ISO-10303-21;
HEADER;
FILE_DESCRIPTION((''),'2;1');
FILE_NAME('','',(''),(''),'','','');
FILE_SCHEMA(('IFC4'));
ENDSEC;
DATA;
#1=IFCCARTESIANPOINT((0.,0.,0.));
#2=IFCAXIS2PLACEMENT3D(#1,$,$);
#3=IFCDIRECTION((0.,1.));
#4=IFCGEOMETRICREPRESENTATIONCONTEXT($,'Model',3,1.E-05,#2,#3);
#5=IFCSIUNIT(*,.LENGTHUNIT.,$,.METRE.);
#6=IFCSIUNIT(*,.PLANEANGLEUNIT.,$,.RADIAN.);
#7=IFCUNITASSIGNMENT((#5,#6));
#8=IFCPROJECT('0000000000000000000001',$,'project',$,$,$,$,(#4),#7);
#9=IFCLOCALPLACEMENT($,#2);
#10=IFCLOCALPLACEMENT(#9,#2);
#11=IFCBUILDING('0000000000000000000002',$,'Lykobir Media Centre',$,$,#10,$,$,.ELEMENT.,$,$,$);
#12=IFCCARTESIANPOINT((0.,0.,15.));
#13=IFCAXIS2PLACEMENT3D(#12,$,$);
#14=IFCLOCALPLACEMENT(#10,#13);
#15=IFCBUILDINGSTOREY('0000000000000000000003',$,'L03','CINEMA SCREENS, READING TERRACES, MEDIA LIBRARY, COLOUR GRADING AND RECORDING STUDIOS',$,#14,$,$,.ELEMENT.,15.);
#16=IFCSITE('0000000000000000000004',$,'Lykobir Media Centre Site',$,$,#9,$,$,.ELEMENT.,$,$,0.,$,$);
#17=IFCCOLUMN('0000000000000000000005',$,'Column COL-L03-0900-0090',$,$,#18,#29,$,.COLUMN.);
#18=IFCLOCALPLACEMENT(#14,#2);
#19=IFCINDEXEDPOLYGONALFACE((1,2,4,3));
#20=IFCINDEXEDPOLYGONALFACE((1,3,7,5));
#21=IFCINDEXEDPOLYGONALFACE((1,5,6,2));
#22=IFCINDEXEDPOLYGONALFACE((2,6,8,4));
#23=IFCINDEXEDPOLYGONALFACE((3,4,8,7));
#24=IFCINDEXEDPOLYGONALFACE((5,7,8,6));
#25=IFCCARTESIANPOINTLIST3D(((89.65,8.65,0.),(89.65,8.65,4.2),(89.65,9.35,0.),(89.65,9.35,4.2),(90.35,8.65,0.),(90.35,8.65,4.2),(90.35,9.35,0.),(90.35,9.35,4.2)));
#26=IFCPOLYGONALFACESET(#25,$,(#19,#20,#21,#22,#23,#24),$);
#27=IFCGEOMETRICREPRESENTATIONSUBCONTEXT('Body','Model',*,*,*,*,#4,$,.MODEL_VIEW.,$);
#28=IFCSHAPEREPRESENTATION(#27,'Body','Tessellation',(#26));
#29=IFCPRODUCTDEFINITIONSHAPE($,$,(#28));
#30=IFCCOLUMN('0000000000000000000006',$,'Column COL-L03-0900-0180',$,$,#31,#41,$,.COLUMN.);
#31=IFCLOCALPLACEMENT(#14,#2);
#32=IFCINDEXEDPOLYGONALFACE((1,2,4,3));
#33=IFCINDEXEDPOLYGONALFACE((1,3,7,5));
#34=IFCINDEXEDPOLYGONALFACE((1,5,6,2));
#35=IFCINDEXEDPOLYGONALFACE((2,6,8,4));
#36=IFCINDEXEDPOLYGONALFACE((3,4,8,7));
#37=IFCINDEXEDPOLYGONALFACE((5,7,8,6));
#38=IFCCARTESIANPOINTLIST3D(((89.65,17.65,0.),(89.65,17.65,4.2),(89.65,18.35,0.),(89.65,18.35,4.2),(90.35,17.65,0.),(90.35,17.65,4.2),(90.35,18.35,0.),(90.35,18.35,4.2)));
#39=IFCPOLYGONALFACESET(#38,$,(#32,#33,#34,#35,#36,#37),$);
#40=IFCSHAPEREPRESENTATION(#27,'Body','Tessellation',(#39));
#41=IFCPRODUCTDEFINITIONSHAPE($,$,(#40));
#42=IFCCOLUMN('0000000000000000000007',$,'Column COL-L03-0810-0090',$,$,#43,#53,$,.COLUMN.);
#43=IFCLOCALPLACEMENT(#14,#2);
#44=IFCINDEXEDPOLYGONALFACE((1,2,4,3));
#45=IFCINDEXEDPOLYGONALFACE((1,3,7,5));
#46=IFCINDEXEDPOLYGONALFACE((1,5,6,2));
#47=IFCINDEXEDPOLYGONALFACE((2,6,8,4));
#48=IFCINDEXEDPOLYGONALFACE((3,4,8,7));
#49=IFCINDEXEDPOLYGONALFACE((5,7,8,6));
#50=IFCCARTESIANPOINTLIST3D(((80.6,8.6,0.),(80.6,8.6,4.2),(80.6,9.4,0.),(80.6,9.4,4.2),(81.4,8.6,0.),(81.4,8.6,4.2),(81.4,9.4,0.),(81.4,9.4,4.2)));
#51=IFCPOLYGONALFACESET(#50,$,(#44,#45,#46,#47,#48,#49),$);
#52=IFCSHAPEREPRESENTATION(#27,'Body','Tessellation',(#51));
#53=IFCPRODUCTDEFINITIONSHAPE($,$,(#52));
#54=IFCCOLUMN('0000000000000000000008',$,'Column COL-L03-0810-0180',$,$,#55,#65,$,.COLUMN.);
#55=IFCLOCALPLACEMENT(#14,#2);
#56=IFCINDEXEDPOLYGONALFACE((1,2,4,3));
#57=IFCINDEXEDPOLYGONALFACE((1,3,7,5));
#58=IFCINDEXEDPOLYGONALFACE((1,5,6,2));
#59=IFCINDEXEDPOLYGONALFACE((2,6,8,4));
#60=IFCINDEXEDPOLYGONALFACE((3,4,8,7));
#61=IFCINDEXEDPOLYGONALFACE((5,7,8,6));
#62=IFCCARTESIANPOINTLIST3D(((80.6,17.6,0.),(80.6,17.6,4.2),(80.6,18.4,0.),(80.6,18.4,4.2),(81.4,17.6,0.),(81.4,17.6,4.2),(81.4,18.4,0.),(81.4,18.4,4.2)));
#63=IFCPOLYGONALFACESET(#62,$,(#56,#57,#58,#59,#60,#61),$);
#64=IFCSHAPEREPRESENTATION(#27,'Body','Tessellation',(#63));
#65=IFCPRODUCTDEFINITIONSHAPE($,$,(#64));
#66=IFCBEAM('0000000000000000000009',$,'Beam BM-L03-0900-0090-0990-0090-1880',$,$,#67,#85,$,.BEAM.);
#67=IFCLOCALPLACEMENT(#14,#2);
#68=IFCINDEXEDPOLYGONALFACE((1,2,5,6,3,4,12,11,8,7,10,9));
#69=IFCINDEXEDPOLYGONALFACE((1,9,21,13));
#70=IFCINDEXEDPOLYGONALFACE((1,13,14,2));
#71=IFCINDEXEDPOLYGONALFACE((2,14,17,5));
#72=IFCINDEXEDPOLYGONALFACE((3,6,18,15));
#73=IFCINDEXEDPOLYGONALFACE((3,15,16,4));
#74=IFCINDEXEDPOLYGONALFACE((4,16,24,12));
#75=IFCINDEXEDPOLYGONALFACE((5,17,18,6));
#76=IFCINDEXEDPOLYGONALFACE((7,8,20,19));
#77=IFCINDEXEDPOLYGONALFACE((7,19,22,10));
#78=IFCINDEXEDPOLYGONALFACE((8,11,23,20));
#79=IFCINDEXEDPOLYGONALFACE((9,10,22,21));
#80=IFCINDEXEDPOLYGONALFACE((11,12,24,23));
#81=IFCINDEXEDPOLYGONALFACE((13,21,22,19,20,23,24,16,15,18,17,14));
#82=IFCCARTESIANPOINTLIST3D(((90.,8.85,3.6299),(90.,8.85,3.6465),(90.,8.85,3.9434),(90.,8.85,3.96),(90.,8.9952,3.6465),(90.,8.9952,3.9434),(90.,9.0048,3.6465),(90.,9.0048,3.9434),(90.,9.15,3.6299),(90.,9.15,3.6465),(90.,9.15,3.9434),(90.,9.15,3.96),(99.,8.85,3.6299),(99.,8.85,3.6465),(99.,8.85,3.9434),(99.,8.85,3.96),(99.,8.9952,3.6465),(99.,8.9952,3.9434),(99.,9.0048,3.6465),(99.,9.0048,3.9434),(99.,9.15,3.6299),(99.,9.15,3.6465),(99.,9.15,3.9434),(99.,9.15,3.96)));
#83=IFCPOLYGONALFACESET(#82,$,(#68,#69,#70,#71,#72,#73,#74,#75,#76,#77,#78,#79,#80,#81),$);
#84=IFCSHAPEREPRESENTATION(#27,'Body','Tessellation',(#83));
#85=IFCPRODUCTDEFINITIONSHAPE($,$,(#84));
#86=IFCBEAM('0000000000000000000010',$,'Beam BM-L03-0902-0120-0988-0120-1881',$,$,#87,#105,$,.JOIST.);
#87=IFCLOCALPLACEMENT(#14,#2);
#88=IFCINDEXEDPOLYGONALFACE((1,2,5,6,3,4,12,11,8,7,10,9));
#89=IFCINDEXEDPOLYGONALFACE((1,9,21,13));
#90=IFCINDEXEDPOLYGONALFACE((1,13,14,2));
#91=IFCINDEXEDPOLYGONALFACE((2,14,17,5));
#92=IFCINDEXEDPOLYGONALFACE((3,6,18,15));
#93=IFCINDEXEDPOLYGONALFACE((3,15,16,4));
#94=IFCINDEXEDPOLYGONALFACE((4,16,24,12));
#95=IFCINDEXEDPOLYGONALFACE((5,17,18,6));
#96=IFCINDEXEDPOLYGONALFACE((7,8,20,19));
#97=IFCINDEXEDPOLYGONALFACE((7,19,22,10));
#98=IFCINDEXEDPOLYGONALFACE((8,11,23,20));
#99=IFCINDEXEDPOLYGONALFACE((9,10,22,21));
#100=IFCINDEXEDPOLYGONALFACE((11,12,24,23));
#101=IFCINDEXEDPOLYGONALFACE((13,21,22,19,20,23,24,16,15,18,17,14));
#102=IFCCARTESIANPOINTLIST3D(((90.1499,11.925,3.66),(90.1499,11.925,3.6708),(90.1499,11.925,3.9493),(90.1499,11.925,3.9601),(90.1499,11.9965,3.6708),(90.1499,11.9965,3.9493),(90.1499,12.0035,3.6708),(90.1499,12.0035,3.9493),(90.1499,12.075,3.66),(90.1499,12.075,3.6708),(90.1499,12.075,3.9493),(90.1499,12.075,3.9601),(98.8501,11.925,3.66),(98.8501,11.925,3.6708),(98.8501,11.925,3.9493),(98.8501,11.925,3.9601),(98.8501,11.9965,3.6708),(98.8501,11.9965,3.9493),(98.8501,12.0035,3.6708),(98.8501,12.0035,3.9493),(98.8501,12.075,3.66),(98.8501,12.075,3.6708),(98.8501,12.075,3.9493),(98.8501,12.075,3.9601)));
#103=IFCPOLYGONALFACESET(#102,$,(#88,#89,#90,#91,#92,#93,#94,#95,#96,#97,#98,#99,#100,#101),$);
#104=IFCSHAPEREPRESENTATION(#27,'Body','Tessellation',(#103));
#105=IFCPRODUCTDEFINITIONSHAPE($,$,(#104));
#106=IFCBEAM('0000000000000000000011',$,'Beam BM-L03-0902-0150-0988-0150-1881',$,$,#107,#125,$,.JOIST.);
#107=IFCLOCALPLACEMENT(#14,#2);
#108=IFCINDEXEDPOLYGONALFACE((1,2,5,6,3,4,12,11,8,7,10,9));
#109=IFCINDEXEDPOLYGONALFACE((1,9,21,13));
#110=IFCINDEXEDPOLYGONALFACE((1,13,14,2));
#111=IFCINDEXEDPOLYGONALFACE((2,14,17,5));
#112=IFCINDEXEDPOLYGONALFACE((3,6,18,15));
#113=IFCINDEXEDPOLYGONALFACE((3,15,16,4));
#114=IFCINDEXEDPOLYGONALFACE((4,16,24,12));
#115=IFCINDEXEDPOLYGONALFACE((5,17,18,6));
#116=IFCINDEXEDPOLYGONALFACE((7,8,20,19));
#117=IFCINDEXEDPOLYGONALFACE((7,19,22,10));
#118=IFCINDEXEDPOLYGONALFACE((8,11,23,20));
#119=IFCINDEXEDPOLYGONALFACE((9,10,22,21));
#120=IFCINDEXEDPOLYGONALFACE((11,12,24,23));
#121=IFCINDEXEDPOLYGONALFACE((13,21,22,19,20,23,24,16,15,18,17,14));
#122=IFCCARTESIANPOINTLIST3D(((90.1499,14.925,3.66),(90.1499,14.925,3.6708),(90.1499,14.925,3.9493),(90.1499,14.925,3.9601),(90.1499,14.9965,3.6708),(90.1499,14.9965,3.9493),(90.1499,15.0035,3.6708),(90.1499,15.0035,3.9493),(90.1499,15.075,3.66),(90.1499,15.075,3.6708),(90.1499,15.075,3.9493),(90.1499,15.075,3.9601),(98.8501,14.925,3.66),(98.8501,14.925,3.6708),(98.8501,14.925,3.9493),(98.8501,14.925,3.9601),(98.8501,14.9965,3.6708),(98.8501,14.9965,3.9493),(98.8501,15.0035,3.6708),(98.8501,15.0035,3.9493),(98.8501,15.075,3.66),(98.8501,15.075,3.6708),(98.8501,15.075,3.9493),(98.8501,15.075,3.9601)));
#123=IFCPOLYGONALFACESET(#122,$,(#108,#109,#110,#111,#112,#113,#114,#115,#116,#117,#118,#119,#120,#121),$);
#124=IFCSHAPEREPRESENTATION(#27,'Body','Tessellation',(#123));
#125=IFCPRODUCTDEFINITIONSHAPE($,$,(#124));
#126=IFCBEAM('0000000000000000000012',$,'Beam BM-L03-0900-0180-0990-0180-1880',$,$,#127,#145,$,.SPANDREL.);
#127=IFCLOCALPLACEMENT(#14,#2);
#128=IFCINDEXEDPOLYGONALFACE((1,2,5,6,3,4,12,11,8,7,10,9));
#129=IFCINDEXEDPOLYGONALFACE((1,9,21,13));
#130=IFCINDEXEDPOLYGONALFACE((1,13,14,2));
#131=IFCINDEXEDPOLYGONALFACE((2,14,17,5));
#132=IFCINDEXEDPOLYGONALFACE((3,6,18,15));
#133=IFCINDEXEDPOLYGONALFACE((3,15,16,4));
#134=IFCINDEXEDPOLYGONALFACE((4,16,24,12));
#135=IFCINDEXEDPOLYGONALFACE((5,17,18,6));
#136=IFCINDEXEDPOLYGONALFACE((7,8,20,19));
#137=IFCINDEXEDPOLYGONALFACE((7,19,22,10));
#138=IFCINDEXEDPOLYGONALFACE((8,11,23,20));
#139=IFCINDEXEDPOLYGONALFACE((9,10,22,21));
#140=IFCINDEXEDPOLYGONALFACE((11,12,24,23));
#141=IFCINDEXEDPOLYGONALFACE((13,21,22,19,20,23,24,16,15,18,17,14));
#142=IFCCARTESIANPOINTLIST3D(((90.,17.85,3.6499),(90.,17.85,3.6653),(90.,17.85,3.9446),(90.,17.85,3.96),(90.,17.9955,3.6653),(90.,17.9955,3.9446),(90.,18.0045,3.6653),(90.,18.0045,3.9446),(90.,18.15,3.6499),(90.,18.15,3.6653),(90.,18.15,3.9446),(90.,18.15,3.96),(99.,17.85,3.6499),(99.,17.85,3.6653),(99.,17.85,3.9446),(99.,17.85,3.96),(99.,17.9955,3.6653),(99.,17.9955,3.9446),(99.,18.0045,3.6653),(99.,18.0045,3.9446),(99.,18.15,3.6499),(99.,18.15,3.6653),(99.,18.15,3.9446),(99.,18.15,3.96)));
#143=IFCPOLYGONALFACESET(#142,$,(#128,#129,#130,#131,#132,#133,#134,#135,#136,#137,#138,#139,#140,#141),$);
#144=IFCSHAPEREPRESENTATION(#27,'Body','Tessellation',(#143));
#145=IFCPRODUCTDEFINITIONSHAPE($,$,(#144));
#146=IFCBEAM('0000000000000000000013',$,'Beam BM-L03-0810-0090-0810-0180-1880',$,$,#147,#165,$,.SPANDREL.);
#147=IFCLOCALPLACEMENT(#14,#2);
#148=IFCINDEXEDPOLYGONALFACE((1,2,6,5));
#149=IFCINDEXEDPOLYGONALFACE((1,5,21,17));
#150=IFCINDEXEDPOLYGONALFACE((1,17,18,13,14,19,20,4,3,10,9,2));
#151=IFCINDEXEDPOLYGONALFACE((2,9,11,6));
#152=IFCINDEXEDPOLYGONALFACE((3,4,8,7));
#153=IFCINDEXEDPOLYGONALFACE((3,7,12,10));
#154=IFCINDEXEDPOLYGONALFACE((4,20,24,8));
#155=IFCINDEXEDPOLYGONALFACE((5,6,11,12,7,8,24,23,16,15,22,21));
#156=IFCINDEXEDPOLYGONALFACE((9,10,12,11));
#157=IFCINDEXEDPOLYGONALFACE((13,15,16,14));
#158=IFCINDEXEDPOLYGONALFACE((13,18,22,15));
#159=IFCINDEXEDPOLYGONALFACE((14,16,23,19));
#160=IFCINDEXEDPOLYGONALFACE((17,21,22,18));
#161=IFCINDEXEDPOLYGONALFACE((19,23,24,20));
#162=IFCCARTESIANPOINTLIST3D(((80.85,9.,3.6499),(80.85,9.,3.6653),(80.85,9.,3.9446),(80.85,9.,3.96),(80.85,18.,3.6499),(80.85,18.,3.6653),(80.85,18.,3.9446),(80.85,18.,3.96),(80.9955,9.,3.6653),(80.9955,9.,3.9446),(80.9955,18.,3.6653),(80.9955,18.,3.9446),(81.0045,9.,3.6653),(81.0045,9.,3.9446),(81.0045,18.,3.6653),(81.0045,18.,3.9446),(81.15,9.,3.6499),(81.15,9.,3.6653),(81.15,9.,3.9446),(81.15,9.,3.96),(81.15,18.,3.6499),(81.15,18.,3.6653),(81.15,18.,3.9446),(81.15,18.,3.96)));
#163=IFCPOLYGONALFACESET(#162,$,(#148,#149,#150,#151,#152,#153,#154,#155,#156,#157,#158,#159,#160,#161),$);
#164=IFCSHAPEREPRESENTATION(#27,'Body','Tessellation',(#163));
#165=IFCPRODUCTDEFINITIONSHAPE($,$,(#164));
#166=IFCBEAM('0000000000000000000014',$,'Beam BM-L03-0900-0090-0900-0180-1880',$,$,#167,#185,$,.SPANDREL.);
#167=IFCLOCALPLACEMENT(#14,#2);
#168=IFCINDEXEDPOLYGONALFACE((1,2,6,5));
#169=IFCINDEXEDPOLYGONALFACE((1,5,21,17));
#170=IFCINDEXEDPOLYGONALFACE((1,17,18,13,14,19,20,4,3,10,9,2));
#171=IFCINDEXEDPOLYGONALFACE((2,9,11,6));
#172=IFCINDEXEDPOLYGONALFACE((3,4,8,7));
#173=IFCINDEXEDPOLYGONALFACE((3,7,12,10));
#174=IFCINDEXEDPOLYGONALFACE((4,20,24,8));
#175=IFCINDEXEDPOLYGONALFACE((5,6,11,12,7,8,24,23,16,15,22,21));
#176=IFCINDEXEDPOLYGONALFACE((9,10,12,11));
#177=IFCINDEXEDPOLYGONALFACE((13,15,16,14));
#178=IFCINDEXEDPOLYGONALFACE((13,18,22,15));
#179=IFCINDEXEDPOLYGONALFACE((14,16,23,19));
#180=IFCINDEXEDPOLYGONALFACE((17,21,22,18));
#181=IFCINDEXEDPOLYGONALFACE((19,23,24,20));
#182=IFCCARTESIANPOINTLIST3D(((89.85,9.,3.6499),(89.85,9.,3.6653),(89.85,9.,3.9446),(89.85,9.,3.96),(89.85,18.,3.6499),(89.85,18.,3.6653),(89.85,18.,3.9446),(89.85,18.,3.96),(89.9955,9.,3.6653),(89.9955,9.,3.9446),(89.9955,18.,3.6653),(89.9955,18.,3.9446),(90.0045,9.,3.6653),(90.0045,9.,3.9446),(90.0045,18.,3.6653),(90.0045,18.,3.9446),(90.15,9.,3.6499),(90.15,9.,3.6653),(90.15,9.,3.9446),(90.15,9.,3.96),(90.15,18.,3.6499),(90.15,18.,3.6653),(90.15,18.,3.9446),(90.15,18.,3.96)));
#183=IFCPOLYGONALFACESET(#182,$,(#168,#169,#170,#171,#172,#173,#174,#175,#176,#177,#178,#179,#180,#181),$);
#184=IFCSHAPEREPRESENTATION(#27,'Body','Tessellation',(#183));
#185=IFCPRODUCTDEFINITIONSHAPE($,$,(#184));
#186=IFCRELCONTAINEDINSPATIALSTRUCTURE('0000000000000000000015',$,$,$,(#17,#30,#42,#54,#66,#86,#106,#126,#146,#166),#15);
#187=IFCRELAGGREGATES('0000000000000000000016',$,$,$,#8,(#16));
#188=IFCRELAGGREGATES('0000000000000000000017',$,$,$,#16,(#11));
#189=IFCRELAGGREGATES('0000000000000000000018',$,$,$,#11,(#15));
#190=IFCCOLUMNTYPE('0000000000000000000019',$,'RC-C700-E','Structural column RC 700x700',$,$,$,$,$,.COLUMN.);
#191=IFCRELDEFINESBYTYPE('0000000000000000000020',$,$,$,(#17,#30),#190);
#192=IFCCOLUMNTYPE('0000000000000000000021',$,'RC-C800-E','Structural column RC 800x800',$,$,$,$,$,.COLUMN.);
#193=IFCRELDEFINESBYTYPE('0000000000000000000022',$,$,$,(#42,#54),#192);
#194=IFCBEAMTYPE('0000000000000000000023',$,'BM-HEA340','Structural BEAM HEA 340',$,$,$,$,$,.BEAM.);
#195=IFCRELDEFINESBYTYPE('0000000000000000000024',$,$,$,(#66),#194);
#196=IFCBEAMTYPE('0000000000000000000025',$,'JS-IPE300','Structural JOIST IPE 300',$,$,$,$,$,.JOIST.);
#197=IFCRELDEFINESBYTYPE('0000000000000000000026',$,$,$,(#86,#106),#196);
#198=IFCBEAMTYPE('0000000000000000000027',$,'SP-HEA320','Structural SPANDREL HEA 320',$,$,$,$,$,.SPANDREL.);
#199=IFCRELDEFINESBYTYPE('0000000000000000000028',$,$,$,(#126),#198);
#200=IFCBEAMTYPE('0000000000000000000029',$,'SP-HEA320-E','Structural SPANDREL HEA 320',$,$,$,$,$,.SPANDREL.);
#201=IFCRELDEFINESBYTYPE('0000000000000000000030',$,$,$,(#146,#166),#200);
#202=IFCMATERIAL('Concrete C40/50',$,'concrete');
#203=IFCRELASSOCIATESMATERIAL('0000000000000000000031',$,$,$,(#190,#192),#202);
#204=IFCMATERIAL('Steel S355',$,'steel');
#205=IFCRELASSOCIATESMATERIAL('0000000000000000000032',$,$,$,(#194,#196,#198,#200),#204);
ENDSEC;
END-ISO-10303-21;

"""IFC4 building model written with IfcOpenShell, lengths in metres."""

from ifc_helpers import new_model, si_unit, direction, frame, origin, origin_2d, place, context, subcontext, project, spatial, rectangle, i_section, extrude, material, material_profile, profile_set, type_object, element, save


model = new_model("IFC4")

# Units and contexts
model_context = context("Model", 3, precision=1e-05, world=origin(), true_north=direction((0.0, 1.0)))
body_context = subcontext(model_context, "Body", "Model", "MODEL_VIEW")
ifc_project = project(units=[si_unit("LENGTHUNIT", "METRE"), si_unit("PLANEANGLEUNIT", "RADIAN")], contexts=[model_context])

# Site, building, storey
site_placement = place(None, origin())
site = spatial("IfcSite", under=ifc_project, at=site_placement, Name="Lykobir Media Centre Site", CompositionType="ELEMENT", RefElevation=0.0)
building_placement = place(site_placement, origin())
building = spatial("IfcBuilding", under=site, at=building_placement, Name="Lykobir Media Centre", CompositionType="ELEMENT")
storey_placement = place(building_placement, frame((0.0, 0.0, 15.0)))
storey = spatial("IfcBuildingStorey", under=building, at=storey_placement, Name="L03", Description="CINEMA SCREENS, READING TERRACES, MEDIA LIBRARY, COLOUR GRADING AND RECORDING STUDIOS", CompositionType="ELEMENT", Elevation=15.0)

# Columns
ifc_material_1 = material(Name="Concrete C40/50", Category="concrete")
ifc_material_profile_1 = material_profile(ifc_material_1, rectangle(XDim=0.7, YDim=0.7, at=origin_2d()), Name="RC 700x700")
ifc_profile_set_1 = profile_set([ifc_material_profile_1], Name="Concrete C40/50")
column_type_1 = type_object("IfcColumnType", Name="RC-C700-E", Description="Structural column RC 700x700", PredefinedType="COLUMN", material=ifc_profile_set_1)
for number, where, z_axis, x_axis, name in (
    (1, (90.0, 9.0, 0.0), (0.0, 0.0, 1.0), (1.0, 0.0, 0.0), "Column COL-L03-0900-0090"),
    (2, (90.0, 18.0, 0.0), (0.0, 0.0, 1.0), (1.0, 0.0, 0.0), "Column COL-L03-0900-0180"),
):
    element("IfcColumn", number, at=place(storey_placement, frame(where, z_axis=z_axis, x_axis=x_axis)), inside=storey, type_object=column_type_1, Name=name, PredefinedType="COLUMN", context=body_context, shape_type="SweptSolid", body=[
        extrude(rectangle(XDim=0.7, YDim=0.7, at=origin_2d()), origin(), (0.0, 0.0, 1.0), 4.2),
    ])
ifc_material_profile_2 = material_profile(ifc_material_1, rectangle(XDim=0.8, YDim=0.8, at=origin_2d()), Name="RC 800x800")
ifc_profile_set_2 = profile_set([ifc_material_profile_2], Name="Concrete C40/50")
column_type_2 = type_object("IfcColumnType", Name="RC-C800-E", Description="Structural column RC 800x800", PredefinedType="COLUMN", material=ifc_profile_set_2)
for number, where, z_axis, x_axis, name in (
    (3, (81.0, 9.0, 0.0), (0.0, 0.0, 1.0), (1.0, 0.0, 0.0), "Column COL-L03-0810-0090"),
    (4, (81.0, 18.0, 0.0), (0.0, 0.0, 1.0), (1.0, 0.0, 0.0), "Column COL-L03-0810-0180"),
):
    element("IfcColumn", number, at=place(storey_placement, frame(where, z_axis=z_axis, x_axis=x_axis)), inside=storey, type_object=column_type_2, Name=name, PredefinedType="COLUMN", context=body_context, shape_type="SweptSolid", body=[
        extrude(rectangle(XDim=0.8, YDim=0.8, at=origin_2d()), origin(), (0.0, 0.0, 1.0), 4.2),
    ])

# Beams
ifc_material_2 = material(Name="Steel S355", Category="steel")
ifc_material_profile_3 = material_profile(ifc_material_2, i_section(OverallWidth=0.3, OverallDepth=0.3301, WebThickness=0.0095, FlangeThickness=0.0166, at=origin_2d()), Name="HEA 340")
ifc_profile_set_3 = profile_set([ifc_material_profile_3], Name="Steel S355")
beam_type_1 = type_object("IfcBeamType", Name="BM-HEA340", Description="Structural BEAM HEA 340", PredefinedType="BEAM", material=ifc_profile_set_3)
beam_1_placement = place(storey_placement, frame((90.0, 9.0, 3.7949), z_axis=(1.0, 0.0, 0.0), x_axis=(0.0, 1.0, 0.0)))
element("IfcBeam", 5, at=beam_1_placement, inside=storey, type_object=beam_type_1, Name="Beam BM-L03-0900-0090-0990-0090-1880", PredefinedType="BEAM", context=body_context, shape_type="SweptSolid", body=[
    extrude(i_section(OverallWidth=0.3, OverallDepth=0.3301, WebThickness=0.0095, FlangeThickness=0.0166, at=origin_2d()), origin(), (0.0, 0.0, 1.0), 9.0),
])
ifc_material_profile_4 = material_profile(ifc_material_2, i_section(OverallWidth=0.1499, OverallDepth=0.3, WebThickness=0.0071, FlangeThickness=0.0107, at=origin_2d()), Name="IPE 300")
ifc_profile_set_4 = profile_set([ifc_material_profile_4], Name="Steel S355")
beam_type_2 = type_object("IfcBeamType", Name="JS-IPE300", Description="Structural JOIST IPE 300", PredefinedType="JOIST", material=ifc_profile_set_4)
for number, where, z_axis, x_axis, name in (
    (6, (90.1499, 12.0, 3.8101), (1.0, 0.0, 0.0), (0.0, 1.0, 0.0), "Beam BM-L03-0902-0120-0988-0120-1881"),
    (7, (90.1499, 15.0, 3.8101), (1.0, 0.0, 0.0), (0.0, 1.0, 0.0), "Beam BM-L03-0902-0150-0988-0150-1881"),
):
    element("IfcBeam", number, at=place(storey_placement, frame(where, z_axis=z_axis, x_axis=x_axis)), inside=storey, type_object=beam_type_2, Name=name, PredefinedType="JOIST", context=body_context, shape_type="SweptSolid", body=[
        extrude(i_section(OverallWidth=0.1499, OverallDepth=0.3, WebThickness=0.0071, FlangeThickness=0.0107, at=origin_2d()), origin(), (0.0, 0.0, 1.0), 8.7002),
    ])
ifc_material_profile_5 = material_profile(ifc_material_2, i_section(OverallWidth=0.3, OverallDepth=0.3101, WebThickness=0.009, FlangeThickness=0.0154, at=origin_2d()), Name="HEA 320")
ifc_profile_set_5 = profile_set([ifc_material_profile_5], Name="Steel S355")
beam_type_3 = type_object("IfcBeamType", Name="SP-HEA320", Description="Structural SPANDREL HEA 320", PredefinedType="SPANDREL", material=ifc_profile_set_5)
beam_2_placement = place(storey_placement, frame((90.0, 18.0, 3.8049), z_axis=(1.0, 0.0, 0.0), x_axis=(0.0, 1.0, 0.0)))
element("IfcBeam", 8, at=beam_2_placement, inside=storey, type_object=beam_type_3, Name="Beam BM-L03-0900-0180-0990-0180-1880", PredefinedType="SPANDREL", context=body_context, shape_type="SweptSolid", body=[
    extrude(i_section(OverallWidth=0.3, OverallDepth=0.3101, WebThickness=0.009, FlangeThickness=0.0154, at=origin_2d()), origin(), (0.0, 0.0, 1.0), 9.0),
])
ifc_material_profile_6 = material_profile(ifc_material_2, i_section(OverallWidth=0.3, OverallDepth=0.3101, WebThickness=0.009, FlangeThickness=0.0154, at=origin_2d()), Name="HEA 320")
ifc_profile_set_6 = profile_set([ifc_material_profile_6], Name="Steel S355")
beam_type_4 = type_object("IfcBeamType", Name="SP-HEA320-E", Description="Structural SPANDREL HEA 320", PredefinedType="SPANDREL", material=ifc_profile_set_6)
for number, where, z_axis, x_axis, name in (
    (9, (81.0, 9.0, 3.8049), (0.0, 1.0, 0.0), (-1.0, 0.0, 0.0), "Beam BM-L03-0810-0090-0810-0180-1880"),
    (10, (90.0, 9.0, 3.8049), (0.0, 1.0, 0.0), (-1.0, 0.0, 0.0), "Beam BM-L03-0900-0090-0900-0180-1880"),
):
    element("IfcBeam", number, at=place(storey_placement, frame(where, z_axis=z_axis, x_axis=x_axis)), inside=storey, type_object=beam_type_4, Name=name, PredefinedType="SPANDREL", context=body_context, shape_type="SweptSolid", body=[
        extrude(i_section(OverallWidth=0.3, OverallDepth=0.3101, WebThickness=0.009, FlangeThickness=0.0154, at=origin_2d()), origin(), (0.0, 0.0, 1.0), 9.0),
    ])

save(model, "model.ifc")
